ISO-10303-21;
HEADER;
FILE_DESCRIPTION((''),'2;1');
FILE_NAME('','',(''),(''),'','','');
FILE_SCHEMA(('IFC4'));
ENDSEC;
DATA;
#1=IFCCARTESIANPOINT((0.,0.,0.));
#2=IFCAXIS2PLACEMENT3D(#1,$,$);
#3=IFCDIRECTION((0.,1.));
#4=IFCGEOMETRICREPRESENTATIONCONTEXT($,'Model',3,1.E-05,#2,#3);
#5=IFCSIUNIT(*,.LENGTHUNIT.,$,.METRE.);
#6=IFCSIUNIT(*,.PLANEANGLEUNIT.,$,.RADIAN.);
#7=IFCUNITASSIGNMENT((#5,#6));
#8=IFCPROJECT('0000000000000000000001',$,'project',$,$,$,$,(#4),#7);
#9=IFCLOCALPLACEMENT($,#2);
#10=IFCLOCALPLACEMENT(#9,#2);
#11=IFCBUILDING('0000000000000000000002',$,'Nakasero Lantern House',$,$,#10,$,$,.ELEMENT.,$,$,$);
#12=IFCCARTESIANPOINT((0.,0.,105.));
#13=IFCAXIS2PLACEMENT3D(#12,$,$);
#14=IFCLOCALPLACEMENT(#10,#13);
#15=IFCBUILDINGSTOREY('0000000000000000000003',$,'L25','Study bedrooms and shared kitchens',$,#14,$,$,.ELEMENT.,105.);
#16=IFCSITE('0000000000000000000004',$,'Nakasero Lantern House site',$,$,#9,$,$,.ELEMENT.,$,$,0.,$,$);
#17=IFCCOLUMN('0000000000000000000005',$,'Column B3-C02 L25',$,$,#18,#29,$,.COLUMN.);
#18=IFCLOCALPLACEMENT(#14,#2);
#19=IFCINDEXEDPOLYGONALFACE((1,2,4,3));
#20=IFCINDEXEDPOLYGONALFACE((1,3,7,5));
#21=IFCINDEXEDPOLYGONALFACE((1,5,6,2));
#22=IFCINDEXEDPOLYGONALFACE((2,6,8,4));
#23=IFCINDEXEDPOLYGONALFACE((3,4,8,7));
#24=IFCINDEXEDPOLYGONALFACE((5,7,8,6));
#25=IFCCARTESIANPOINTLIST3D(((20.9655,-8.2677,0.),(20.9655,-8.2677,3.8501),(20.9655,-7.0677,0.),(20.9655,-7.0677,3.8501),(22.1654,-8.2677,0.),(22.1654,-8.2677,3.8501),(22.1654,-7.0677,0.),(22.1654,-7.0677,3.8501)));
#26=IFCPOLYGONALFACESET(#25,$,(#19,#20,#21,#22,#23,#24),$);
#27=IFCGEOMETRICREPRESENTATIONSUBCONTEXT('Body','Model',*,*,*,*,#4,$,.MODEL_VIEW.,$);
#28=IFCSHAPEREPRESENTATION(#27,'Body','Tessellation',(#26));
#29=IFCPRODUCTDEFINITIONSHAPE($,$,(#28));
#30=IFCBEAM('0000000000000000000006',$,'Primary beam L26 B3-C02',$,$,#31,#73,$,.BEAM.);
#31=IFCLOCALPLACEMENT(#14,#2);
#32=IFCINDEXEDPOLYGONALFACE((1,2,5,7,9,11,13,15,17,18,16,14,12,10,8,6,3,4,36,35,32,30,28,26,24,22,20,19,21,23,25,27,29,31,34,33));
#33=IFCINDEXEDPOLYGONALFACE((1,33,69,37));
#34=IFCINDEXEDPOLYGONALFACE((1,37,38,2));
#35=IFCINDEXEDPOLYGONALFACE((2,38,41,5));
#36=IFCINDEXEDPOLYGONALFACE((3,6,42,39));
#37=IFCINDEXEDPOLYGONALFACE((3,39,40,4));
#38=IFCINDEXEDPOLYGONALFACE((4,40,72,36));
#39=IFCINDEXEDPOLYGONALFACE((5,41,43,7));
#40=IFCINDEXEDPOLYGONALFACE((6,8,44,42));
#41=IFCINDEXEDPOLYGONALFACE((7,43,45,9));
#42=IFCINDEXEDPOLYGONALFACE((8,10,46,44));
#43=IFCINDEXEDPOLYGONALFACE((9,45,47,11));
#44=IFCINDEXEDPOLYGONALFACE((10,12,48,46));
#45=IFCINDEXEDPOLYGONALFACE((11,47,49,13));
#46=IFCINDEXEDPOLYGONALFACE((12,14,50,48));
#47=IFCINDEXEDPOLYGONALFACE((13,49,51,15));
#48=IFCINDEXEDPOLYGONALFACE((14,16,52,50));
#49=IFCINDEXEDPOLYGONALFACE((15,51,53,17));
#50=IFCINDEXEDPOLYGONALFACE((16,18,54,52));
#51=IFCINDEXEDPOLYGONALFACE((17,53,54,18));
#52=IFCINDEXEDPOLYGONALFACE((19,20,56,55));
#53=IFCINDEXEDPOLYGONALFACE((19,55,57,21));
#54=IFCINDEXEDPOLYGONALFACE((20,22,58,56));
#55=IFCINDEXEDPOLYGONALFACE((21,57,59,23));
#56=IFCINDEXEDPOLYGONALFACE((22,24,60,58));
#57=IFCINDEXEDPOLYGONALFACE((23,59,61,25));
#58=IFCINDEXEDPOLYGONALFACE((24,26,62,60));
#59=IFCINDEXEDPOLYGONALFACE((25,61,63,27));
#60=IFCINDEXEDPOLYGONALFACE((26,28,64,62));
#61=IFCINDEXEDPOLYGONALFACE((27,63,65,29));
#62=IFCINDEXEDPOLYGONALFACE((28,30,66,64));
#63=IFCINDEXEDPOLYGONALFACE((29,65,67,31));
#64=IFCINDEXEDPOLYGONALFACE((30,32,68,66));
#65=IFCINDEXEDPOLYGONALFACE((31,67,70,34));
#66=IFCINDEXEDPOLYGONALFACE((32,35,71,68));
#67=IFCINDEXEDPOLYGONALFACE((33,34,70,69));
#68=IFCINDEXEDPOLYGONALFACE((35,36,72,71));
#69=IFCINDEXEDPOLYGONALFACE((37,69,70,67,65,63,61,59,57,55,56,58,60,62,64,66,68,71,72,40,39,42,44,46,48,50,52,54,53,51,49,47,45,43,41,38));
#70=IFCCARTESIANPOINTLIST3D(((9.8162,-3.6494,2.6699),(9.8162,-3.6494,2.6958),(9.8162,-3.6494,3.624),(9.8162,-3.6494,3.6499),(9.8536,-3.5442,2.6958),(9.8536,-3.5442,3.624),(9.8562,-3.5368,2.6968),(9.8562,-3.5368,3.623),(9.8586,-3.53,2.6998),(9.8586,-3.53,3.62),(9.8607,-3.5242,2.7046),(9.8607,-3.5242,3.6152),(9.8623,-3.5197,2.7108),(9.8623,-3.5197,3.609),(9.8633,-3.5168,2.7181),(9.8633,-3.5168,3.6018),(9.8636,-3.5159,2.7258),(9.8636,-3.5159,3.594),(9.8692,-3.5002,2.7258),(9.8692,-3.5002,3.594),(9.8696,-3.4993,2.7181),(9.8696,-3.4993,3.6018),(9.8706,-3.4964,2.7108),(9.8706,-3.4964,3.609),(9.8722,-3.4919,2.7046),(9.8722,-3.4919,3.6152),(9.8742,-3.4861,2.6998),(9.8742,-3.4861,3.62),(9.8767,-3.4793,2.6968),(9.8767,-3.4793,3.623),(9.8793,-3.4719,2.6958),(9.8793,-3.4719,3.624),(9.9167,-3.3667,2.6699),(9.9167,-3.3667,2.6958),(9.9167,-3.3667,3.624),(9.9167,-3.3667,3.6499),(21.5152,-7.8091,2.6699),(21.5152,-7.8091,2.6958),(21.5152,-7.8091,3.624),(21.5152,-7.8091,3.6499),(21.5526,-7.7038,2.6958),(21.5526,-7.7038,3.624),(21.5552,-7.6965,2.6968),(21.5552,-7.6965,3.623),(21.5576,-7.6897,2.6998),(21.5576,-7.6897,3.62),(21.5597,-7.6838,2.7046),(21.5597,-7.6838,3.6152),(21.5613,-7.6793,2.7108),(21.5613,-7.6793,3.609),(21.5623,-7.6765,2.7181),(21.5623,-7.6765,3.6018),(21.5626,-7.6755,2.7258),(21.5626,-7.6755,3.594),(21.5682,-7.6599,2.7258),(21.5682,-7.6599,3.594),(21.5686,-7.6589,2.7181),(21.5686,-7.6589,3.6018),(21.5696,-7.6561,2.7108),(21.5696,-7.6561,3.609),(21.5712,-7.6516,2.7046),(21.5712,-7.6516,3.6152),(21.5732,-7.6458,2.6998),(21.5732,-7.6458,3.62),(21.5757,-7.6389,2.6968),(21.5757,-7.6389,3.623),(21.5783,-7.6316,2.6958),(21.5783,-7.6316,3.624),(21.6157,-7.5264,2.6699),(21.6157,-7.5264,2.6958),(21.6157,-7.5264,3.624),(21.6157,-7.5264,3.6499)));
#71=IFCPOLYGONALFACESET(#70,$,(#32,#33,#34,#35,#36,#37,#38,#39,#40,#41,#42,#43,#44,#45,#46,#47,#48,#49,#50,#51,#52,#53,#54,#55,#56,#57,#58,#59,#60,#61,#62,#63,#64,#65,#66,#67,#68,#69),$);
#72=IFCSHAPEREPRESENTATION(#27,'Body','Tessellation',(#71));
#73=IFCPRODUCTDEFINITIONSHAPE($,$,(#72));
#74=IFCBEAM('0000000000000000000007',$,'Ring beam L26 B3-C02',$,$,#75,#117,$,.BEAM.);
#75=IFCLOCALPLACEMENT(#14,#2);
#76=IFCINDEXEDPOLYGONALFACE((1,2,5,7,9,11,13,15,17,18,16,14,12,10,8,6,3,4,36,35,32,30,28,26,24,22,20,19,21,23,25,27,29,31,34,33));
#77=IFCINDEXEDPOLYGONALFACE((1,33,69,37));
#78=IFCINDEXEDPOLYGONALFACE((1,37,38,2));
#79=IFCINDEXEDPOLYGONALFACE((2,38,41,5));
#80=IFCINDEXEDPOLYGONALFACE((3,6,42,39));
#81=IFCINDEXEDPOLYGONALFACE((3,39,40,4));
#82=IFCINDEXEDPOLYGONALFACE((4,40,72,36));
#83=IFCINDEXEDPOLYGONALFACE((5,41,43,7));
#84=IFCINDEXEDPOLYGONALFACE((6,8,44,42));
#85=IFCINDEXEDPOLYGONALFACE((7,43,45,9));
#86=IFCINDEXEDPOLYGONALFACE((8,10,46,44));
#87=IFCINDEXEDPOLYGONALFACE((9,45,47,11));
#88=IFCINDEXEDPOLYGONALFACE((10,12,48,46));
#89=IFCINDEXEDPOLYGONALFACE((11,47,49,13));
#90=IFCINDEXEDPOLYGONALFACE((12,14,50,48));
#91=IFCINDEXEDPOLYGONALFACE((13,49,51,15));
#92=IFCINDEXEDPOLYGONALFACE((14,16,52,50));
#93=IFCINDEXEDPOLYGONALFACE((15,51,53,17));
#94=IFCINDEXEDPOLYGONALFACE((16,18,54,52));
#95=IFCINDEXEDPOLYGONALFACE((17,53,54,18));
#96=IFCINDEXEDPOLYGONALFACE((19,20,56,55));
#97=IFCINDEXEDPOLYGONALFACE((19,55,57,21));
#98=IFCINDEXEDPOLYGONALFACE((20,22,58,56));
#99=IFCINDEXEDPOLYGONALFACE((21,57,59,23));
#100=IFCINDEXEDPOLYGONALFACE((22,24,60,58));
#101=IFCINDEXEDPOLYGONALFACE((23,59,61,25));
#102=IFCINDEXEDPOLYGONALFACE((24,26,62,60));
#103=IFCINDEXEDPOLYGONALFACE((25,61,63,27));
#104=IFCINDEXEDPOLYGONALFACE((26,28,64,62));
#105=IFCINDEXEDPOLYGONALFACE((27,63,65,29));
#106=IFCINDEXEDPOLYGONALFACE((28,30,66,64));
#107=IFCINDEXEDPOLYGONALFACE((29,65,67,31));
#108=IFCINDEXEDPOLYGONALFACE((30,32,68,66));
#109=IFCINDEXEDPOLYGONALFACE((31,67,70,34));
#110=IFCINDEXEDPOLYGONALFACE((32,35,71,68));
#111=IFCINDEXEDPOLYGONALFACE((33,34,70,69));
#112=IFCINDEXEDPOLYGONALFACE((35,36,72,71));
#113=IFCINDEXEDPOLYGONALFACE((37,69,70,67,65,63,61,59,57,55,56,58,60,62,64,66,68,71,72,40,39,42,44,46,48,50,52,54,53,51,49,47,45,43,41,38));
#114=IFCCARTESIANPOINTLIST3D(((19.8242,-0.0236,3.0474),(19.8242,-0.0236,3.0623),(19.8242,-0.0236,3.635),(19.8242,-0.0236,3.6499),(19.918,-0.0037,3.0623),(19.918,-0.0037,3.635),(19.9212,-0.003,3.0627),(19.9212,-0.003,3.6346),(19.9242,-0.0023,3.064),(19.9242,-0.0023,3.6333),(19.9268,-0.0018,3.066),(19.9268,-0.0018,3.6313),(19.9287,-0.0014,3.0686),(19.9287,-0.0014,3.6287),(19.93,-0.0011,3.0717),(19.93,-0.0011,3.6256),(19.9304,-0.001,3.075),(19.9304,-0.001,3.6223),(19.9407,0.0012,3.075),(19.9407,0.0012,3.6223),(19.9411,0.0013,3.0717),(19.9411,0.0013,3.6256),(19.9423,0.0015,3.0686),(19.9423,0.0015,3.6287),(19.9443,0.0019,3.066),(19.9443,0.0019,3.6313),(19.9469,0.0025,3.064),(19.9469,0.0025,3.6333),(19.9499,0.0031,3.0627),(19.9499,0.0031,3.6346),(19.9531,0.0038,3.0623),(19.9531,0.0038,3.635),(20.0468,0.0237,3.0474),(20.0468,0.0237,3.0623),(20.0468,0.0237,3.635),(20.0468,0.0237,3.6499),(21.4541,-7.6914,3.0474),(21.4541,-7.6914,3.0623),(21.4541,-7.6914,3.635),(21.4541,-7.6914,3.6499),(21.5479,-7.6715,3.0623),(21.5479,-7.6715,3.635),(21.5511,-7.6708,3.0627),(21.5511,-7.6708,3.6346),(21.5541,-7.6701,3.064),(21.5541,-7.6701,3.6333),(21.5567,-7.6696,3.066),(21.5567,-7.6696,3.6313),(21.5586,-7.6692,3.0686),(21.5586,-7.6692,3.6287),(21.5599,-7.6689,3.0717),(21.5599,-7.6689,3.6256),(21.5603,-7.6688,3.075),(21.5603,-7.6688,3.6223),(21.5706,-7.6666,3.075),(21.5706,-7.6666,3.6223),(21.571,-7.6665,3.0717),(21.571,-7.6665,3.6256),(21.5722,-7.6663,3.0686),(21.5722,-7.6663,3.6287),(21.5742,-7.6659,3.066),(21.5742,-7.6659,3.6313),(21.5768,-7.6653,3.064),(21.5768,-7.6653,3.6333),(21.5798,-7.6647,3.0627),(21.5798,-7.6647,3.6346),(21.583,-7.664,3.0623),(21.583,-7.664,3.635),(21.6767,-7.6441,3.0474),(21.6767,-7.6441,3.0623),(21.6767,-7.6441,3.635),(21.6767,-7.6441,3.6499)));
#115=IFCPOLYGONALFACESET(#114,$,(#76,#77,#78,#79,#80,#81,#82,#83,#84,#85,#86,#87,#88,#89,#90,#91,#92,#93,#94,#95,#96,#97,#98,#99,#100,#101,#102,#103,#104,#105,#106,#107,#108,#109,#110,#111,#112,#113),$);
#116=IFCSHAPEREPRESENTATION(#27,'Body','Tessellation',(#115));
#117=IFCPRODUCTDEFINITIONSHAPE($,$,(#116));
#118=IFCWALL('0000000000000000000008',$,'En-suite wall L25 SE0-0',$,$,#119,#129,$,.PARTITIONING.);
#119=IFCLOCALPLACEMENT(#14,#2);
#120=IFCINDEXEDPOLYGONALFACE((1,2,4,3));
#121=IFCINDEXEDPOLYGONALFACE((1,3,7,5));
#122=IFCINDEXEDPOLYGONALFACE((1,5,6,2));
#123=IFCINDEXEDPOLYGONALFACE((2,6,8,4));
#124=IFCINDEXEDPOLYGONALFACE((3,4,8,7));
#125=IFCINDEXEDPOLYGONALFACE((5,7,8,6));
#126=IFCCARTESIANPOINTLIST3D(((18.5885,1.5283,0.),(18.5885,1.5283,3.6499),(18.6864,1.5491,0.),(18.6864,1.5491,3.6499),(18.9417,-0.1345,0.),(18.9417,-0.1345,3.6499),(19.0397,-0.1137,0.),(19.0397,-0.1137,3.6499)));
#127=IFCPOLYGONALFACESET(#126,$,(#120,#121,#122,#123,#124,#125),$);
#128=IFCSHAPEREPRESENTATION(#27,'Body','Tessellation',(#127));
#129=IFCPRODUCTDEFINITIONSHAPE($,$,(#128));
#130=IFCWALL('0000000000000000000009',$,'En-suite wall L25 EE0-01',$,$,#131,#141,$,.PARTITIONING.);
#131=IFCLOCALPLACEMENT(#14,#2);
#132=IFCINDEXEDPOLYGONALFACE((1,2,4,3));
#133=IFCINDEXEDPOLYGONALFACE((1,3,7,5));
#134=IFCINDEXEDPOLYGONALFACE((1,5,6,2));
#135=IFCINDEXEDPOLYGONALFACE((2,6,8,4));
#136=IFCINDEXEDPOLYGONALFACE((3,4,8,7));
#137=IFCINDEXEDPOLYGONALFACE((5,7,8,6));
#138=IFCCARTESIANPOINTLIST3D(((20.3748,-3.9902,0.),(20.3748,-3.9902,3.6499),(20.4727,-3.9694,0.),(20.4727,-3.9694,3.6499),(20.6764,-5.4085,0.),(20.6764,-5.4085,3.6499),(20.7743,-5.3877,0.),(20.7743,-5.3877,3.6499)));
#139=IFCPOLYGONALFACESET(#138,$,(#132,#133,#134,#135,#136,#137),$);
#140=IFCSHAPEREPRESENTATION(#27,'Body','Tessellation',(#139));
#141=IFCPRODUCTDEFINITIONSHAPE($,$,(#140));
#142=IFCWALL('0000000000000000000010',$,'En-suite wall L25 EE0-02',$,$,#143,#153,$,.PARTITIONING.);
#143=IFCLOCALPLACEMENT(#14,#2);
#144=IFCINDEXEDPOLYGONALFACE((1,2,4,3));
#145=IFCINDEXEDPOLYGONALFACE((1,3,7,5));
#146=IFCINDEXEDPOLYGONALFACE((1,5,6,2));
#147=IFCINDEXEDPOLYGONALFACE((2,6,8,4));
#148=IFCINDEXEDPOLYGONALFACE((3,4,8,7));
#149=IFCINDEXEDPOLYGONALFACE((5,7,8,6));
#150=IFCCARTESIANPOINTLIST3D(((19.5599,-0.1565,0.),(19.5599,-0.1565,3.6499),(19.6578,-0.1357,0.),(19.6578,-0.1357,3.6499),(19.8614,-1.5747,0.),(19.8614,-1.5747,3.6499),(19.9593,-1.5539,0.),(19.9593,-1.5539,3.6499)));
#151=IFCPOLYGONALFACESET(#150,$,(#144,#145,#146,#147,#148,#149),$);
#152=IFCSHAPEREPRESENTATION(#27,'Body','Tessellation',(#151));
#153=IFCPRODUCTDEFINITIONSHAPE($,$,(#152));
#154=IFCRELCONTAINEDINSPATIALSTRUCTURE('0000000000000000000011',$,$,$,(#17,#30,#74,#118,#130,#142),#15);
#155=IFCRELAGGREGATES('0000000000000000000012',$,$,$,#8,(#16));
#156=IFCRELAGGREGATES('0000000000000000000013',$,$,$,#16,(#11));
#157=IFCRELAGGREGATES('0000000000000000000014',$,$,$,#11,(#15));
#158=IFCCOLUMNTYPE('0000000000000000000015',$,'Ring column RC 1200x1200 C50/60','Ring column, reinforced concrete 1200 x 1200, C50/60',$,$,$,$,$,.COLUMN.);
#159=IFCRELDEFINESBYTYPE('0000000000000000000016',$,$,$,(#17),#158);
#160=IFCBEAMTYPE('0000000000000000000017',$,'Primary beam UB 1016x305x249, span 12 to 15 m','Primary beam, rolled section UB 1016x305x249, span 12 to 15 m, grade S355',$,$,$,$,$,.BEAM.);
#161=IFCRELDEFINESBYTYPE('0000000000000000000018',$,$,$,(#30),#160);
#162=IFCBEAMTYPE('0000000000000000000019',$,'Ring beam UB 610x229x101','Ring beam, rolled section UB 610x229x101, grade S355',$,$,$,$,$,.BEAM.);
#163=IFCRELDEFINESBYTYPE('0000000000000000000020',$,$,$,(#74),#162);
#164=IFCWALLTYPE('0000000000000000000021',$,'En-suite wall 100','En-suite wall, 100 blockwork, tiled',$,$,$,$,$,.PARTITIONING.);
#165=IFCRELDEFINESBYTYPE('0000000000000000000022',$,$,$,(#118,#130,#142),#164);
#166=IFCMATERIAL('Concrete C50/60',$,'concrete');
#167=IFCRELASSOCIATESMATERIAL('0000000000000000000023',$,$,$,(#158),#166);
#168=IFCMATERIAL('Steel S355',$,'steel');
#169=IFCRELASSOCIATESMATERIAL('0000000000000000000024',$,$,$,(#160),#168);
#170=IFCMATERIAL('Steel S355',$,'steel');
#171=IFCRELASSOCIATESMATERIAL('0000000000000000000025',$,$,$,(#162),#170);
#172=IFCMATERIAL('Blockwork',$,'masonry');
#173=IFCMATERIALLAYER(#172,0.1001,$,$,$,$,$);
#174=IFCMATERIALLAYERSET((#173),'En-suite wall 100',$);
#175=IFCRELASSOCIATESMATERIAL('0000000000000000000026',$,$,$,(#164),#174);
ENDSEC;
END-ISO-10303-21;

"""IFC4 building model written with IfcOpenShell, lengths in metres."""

from ifc_helpers import new_model, si_unit, direction, frame, frame_2d, origin, origin_2d, place, context, subcontext, project, spatial, rectangle, i_section, extrude, material, layer, layer_set, material_profile, profile_set, type_object, element, save


model = new_model("IFC4")

# Units and contexts
model_context = context("Model", 3, precision=1e-05, world=origin(), true_north=direction((0.0, 1.0)))
body_context = subcontext(model_context, "Body", "Model", "MODEL_VIEW")
ifc_project = project(units=[si_unit("LENGTHUNIT", "METRE"), si_unit("PLANEANGLEUNIT", "RADIAN")], contexts=[model_context])

# Site, building, storey
site_placement = place(None, origin())
site = spatial("IfcSite", under=ifc_project, at=site_placement, Name="Nakasero Lantern House site", CompositionType="ELEMENT", RefElevation=0.0)
building_placement = place(site_placement, origin())
building = spatial("IfcBuilding", under=site, at=building_placement, Name="Nakasero Lantern House", CompositionType="ELEMENT")
storey_placement = place(building_placement, frame((0.0, 0.0, 105.0)))
storey = spatial("IfcBuildingStorey", under=building, at=storey_placement, Name="L25", Description="Study bedrooms and shared kitchens", CompositionType="ELEMENT", Elevation=105.0)

# Column
ifc_material_1 = material(Name="Concrete C50/60", Category="concrete")
ifc_material_profile_1 = material_profile(ifc_material_1, rectangle(XDim=1.2, YDim=1.2, at=origin_2d()), Name="RC 1200x1200")
ifc_profile_set_1 = profile_set([ifc_material_profile_1], Name="Concrete C50/60")
column_type = type_object("IfcColumnType", Name="Ring column RC 1200x1200 C50/60", Description="Ring column, reinforced concrete 1200 x 1200, C50/60", PredefinedType="COLUMN", material=ifc_profile_set_1)
column_placement = place(storey_placement, frame((21.5654, -7.6677, 0.0), z_axis=(0.0, 0.0, 1.0), x_axis=(1.0, 0.0, 0.0)))
element("IfcColumn", 1, at=column_placement, inside=storey, type_object=column_type, Name="Column B3-C02 L25", PredefinedType="COLUMN", context=body_context, shape_type="SweptSolid", body=[
    extrude(rectangle(XDim=1.2, YDim=1.2, at=origin_2d()), origin(), (0.0, 0.0, 1.0), 3.8501),
])

# Beams
ifc_material_2 = material(Name="Steel S355", Category="steel")
ifc_material_profile_2 = material_profile(ifc_material_2, i_section(OverallWidth=0.3, OverallDepth=0.98, WebThickness=0.0166, FlangeThickness=0.0259, FilletRadius=0.03, at=origin_2d()), Name="UB 1016x305x249")
ifc_profile_set_2 = profile_set([ifc_material_profile_2], Name="Steel S355")
beam_type_1 = type_object("IfcBeamType", Name="Primary beam UB 1016x305x249, span 12 to 15 m", Description="Primary beam, rolled section UB 1016x305x249, span 12 to 15 m, grade S355", PredefinedType="BEAM", material=ifc_profile_set_2)
beam_1_placement = place(storey_placement, frame((21.5654, -7.6677, 3.1599), z_axis=(-0.942214, 0.335012, 0.0), x_axis=(-0.335012, -0.942214, 0.0)))
element("IfcBeam", 2, at=beam_1_placement, inside=storey, type_object=beam_type_1, Name="Primary beam L26 B3-C02", PredefinedType="BEAM", context=body_context, shape_type="SweptSolid", body=[
    extrude(i_section(OverallWidth=0.3, OverallDepth=0.98, WebThickness=0.0166, FlangeThickness=0.0259, FilletRadius=0.03, at=origin_2d()), origin(), (0.0, 0.0, 1.0), 12.4165),
])
ifc_material_3 = material(Name="Steel S355", Category="steel")
ifc_material_profile_3 = material_profile(ifc_material_3, i_section(OverallWidth=0.2275, OverallDepth=0.6025, WebThickness=0.0105, FlangeThickness=0.0149, FilletRadius=0.0127, at=origin_2d()), Name="UB 610x229x101")
ifc_profile_set_3 = profile_set([ifc_material_profile_3], Name="Steel S355")
beam_type_2 = type_object("IfcBeamType", Name="Ring beam UB 610x229x101", Description="Ring beam, rolled section UB 610x229x101, grade S355", PredefinedType="BEAM", material=ifc_profile_set_3)
beam_2_placement = place(storey_placement, frame((21.5654, -7.6677, 3.3486), z_axis=(-0.207919, 0.978146, 0.0), x_axis=(-0.978146, -0.207919, 0.0)))
element("IfcBeam", 3, at=beam_2_placement, inside=storey, type_object=beam_type_2, Name="Ring beam L26 B3-C02", PredefinedType="BEAM", context=body_context, shape_type="SweptSolid", body=[
    extrude(i_section(OverallWidth=0.2275, OverallDepth=0.6025, WebThickness=0.0105, FlangeThickness=0.0149, FilletRadius=0.0127, at=origin_2d()), origin(), (0.0, 0.0, 1.0), 7.8391),
])

# Walls
ifc_material_4 = material(Name="Blockwork", Category="masonry")
ifc_layer = layer(ifc_material_4, 0.1001)
ifc_layer_set = layer_set([ifc_layer], Name="En-suite wall 100")
wall_type = type_object("IfcWallType", Name="En-suite wall 100", Description="En-suite wall, 100 blockwork, tiled", PredefinedType="PARTITIONING", material=ifc_layer_set)
wall_placement = place(storey_placement, frame((18.9907, -0.1243, 0.0), z_axis=(0.0, 0.0, 1.0), x_axis=(-0.207812, 0.978169, 0.0)))
element("IfcWall", 4, at=wall_placement, inside=storey, type_object=wall_type, Name="En-suite wall L25 SE0-0", PredefinedType="PARTITIONING", context=body_context, shape_type="SweptSolid", body=[
    extrude(rectangle(XDim=1.7, YDim=0.1001, at=frame_2d((0.8501, 0.0))), origin(), (0.0, 0.0, 1.0), 3.6499),
])
for number, where, z_axis, x_axis, name in (
    (5, (20.7253, -5.3982, 0.0), (0.0, 0.0, 1.0), (-0.207953, 0.978139, 0.0), "En-suite wall L25 EE0-01"),
    (6, (19.9104, -1.5645, 0.0), (0.0, 0.0, 1.0), (-0.207953, 0.978139, 0.0), "En-suite wall L25 EE0-02"),
):
    element("IfcWall", number, at=place(storey_placement, frame(where, z_axis=z_axis, x_axis=x_axis)), inside=storey, type_object=wall_type, Name=name, PredefinedType="PARTITIONING", context=body_context, shape_type="SweptSolid", body=[
        extrude(rectangle(XDim=1.45, YDim=0.1001, at=frame_2d((0.7251, 0.0))), origin(), (0.0, 0.0, 1.0), 3.6499),
    ])

save(model, "model.ifc")
